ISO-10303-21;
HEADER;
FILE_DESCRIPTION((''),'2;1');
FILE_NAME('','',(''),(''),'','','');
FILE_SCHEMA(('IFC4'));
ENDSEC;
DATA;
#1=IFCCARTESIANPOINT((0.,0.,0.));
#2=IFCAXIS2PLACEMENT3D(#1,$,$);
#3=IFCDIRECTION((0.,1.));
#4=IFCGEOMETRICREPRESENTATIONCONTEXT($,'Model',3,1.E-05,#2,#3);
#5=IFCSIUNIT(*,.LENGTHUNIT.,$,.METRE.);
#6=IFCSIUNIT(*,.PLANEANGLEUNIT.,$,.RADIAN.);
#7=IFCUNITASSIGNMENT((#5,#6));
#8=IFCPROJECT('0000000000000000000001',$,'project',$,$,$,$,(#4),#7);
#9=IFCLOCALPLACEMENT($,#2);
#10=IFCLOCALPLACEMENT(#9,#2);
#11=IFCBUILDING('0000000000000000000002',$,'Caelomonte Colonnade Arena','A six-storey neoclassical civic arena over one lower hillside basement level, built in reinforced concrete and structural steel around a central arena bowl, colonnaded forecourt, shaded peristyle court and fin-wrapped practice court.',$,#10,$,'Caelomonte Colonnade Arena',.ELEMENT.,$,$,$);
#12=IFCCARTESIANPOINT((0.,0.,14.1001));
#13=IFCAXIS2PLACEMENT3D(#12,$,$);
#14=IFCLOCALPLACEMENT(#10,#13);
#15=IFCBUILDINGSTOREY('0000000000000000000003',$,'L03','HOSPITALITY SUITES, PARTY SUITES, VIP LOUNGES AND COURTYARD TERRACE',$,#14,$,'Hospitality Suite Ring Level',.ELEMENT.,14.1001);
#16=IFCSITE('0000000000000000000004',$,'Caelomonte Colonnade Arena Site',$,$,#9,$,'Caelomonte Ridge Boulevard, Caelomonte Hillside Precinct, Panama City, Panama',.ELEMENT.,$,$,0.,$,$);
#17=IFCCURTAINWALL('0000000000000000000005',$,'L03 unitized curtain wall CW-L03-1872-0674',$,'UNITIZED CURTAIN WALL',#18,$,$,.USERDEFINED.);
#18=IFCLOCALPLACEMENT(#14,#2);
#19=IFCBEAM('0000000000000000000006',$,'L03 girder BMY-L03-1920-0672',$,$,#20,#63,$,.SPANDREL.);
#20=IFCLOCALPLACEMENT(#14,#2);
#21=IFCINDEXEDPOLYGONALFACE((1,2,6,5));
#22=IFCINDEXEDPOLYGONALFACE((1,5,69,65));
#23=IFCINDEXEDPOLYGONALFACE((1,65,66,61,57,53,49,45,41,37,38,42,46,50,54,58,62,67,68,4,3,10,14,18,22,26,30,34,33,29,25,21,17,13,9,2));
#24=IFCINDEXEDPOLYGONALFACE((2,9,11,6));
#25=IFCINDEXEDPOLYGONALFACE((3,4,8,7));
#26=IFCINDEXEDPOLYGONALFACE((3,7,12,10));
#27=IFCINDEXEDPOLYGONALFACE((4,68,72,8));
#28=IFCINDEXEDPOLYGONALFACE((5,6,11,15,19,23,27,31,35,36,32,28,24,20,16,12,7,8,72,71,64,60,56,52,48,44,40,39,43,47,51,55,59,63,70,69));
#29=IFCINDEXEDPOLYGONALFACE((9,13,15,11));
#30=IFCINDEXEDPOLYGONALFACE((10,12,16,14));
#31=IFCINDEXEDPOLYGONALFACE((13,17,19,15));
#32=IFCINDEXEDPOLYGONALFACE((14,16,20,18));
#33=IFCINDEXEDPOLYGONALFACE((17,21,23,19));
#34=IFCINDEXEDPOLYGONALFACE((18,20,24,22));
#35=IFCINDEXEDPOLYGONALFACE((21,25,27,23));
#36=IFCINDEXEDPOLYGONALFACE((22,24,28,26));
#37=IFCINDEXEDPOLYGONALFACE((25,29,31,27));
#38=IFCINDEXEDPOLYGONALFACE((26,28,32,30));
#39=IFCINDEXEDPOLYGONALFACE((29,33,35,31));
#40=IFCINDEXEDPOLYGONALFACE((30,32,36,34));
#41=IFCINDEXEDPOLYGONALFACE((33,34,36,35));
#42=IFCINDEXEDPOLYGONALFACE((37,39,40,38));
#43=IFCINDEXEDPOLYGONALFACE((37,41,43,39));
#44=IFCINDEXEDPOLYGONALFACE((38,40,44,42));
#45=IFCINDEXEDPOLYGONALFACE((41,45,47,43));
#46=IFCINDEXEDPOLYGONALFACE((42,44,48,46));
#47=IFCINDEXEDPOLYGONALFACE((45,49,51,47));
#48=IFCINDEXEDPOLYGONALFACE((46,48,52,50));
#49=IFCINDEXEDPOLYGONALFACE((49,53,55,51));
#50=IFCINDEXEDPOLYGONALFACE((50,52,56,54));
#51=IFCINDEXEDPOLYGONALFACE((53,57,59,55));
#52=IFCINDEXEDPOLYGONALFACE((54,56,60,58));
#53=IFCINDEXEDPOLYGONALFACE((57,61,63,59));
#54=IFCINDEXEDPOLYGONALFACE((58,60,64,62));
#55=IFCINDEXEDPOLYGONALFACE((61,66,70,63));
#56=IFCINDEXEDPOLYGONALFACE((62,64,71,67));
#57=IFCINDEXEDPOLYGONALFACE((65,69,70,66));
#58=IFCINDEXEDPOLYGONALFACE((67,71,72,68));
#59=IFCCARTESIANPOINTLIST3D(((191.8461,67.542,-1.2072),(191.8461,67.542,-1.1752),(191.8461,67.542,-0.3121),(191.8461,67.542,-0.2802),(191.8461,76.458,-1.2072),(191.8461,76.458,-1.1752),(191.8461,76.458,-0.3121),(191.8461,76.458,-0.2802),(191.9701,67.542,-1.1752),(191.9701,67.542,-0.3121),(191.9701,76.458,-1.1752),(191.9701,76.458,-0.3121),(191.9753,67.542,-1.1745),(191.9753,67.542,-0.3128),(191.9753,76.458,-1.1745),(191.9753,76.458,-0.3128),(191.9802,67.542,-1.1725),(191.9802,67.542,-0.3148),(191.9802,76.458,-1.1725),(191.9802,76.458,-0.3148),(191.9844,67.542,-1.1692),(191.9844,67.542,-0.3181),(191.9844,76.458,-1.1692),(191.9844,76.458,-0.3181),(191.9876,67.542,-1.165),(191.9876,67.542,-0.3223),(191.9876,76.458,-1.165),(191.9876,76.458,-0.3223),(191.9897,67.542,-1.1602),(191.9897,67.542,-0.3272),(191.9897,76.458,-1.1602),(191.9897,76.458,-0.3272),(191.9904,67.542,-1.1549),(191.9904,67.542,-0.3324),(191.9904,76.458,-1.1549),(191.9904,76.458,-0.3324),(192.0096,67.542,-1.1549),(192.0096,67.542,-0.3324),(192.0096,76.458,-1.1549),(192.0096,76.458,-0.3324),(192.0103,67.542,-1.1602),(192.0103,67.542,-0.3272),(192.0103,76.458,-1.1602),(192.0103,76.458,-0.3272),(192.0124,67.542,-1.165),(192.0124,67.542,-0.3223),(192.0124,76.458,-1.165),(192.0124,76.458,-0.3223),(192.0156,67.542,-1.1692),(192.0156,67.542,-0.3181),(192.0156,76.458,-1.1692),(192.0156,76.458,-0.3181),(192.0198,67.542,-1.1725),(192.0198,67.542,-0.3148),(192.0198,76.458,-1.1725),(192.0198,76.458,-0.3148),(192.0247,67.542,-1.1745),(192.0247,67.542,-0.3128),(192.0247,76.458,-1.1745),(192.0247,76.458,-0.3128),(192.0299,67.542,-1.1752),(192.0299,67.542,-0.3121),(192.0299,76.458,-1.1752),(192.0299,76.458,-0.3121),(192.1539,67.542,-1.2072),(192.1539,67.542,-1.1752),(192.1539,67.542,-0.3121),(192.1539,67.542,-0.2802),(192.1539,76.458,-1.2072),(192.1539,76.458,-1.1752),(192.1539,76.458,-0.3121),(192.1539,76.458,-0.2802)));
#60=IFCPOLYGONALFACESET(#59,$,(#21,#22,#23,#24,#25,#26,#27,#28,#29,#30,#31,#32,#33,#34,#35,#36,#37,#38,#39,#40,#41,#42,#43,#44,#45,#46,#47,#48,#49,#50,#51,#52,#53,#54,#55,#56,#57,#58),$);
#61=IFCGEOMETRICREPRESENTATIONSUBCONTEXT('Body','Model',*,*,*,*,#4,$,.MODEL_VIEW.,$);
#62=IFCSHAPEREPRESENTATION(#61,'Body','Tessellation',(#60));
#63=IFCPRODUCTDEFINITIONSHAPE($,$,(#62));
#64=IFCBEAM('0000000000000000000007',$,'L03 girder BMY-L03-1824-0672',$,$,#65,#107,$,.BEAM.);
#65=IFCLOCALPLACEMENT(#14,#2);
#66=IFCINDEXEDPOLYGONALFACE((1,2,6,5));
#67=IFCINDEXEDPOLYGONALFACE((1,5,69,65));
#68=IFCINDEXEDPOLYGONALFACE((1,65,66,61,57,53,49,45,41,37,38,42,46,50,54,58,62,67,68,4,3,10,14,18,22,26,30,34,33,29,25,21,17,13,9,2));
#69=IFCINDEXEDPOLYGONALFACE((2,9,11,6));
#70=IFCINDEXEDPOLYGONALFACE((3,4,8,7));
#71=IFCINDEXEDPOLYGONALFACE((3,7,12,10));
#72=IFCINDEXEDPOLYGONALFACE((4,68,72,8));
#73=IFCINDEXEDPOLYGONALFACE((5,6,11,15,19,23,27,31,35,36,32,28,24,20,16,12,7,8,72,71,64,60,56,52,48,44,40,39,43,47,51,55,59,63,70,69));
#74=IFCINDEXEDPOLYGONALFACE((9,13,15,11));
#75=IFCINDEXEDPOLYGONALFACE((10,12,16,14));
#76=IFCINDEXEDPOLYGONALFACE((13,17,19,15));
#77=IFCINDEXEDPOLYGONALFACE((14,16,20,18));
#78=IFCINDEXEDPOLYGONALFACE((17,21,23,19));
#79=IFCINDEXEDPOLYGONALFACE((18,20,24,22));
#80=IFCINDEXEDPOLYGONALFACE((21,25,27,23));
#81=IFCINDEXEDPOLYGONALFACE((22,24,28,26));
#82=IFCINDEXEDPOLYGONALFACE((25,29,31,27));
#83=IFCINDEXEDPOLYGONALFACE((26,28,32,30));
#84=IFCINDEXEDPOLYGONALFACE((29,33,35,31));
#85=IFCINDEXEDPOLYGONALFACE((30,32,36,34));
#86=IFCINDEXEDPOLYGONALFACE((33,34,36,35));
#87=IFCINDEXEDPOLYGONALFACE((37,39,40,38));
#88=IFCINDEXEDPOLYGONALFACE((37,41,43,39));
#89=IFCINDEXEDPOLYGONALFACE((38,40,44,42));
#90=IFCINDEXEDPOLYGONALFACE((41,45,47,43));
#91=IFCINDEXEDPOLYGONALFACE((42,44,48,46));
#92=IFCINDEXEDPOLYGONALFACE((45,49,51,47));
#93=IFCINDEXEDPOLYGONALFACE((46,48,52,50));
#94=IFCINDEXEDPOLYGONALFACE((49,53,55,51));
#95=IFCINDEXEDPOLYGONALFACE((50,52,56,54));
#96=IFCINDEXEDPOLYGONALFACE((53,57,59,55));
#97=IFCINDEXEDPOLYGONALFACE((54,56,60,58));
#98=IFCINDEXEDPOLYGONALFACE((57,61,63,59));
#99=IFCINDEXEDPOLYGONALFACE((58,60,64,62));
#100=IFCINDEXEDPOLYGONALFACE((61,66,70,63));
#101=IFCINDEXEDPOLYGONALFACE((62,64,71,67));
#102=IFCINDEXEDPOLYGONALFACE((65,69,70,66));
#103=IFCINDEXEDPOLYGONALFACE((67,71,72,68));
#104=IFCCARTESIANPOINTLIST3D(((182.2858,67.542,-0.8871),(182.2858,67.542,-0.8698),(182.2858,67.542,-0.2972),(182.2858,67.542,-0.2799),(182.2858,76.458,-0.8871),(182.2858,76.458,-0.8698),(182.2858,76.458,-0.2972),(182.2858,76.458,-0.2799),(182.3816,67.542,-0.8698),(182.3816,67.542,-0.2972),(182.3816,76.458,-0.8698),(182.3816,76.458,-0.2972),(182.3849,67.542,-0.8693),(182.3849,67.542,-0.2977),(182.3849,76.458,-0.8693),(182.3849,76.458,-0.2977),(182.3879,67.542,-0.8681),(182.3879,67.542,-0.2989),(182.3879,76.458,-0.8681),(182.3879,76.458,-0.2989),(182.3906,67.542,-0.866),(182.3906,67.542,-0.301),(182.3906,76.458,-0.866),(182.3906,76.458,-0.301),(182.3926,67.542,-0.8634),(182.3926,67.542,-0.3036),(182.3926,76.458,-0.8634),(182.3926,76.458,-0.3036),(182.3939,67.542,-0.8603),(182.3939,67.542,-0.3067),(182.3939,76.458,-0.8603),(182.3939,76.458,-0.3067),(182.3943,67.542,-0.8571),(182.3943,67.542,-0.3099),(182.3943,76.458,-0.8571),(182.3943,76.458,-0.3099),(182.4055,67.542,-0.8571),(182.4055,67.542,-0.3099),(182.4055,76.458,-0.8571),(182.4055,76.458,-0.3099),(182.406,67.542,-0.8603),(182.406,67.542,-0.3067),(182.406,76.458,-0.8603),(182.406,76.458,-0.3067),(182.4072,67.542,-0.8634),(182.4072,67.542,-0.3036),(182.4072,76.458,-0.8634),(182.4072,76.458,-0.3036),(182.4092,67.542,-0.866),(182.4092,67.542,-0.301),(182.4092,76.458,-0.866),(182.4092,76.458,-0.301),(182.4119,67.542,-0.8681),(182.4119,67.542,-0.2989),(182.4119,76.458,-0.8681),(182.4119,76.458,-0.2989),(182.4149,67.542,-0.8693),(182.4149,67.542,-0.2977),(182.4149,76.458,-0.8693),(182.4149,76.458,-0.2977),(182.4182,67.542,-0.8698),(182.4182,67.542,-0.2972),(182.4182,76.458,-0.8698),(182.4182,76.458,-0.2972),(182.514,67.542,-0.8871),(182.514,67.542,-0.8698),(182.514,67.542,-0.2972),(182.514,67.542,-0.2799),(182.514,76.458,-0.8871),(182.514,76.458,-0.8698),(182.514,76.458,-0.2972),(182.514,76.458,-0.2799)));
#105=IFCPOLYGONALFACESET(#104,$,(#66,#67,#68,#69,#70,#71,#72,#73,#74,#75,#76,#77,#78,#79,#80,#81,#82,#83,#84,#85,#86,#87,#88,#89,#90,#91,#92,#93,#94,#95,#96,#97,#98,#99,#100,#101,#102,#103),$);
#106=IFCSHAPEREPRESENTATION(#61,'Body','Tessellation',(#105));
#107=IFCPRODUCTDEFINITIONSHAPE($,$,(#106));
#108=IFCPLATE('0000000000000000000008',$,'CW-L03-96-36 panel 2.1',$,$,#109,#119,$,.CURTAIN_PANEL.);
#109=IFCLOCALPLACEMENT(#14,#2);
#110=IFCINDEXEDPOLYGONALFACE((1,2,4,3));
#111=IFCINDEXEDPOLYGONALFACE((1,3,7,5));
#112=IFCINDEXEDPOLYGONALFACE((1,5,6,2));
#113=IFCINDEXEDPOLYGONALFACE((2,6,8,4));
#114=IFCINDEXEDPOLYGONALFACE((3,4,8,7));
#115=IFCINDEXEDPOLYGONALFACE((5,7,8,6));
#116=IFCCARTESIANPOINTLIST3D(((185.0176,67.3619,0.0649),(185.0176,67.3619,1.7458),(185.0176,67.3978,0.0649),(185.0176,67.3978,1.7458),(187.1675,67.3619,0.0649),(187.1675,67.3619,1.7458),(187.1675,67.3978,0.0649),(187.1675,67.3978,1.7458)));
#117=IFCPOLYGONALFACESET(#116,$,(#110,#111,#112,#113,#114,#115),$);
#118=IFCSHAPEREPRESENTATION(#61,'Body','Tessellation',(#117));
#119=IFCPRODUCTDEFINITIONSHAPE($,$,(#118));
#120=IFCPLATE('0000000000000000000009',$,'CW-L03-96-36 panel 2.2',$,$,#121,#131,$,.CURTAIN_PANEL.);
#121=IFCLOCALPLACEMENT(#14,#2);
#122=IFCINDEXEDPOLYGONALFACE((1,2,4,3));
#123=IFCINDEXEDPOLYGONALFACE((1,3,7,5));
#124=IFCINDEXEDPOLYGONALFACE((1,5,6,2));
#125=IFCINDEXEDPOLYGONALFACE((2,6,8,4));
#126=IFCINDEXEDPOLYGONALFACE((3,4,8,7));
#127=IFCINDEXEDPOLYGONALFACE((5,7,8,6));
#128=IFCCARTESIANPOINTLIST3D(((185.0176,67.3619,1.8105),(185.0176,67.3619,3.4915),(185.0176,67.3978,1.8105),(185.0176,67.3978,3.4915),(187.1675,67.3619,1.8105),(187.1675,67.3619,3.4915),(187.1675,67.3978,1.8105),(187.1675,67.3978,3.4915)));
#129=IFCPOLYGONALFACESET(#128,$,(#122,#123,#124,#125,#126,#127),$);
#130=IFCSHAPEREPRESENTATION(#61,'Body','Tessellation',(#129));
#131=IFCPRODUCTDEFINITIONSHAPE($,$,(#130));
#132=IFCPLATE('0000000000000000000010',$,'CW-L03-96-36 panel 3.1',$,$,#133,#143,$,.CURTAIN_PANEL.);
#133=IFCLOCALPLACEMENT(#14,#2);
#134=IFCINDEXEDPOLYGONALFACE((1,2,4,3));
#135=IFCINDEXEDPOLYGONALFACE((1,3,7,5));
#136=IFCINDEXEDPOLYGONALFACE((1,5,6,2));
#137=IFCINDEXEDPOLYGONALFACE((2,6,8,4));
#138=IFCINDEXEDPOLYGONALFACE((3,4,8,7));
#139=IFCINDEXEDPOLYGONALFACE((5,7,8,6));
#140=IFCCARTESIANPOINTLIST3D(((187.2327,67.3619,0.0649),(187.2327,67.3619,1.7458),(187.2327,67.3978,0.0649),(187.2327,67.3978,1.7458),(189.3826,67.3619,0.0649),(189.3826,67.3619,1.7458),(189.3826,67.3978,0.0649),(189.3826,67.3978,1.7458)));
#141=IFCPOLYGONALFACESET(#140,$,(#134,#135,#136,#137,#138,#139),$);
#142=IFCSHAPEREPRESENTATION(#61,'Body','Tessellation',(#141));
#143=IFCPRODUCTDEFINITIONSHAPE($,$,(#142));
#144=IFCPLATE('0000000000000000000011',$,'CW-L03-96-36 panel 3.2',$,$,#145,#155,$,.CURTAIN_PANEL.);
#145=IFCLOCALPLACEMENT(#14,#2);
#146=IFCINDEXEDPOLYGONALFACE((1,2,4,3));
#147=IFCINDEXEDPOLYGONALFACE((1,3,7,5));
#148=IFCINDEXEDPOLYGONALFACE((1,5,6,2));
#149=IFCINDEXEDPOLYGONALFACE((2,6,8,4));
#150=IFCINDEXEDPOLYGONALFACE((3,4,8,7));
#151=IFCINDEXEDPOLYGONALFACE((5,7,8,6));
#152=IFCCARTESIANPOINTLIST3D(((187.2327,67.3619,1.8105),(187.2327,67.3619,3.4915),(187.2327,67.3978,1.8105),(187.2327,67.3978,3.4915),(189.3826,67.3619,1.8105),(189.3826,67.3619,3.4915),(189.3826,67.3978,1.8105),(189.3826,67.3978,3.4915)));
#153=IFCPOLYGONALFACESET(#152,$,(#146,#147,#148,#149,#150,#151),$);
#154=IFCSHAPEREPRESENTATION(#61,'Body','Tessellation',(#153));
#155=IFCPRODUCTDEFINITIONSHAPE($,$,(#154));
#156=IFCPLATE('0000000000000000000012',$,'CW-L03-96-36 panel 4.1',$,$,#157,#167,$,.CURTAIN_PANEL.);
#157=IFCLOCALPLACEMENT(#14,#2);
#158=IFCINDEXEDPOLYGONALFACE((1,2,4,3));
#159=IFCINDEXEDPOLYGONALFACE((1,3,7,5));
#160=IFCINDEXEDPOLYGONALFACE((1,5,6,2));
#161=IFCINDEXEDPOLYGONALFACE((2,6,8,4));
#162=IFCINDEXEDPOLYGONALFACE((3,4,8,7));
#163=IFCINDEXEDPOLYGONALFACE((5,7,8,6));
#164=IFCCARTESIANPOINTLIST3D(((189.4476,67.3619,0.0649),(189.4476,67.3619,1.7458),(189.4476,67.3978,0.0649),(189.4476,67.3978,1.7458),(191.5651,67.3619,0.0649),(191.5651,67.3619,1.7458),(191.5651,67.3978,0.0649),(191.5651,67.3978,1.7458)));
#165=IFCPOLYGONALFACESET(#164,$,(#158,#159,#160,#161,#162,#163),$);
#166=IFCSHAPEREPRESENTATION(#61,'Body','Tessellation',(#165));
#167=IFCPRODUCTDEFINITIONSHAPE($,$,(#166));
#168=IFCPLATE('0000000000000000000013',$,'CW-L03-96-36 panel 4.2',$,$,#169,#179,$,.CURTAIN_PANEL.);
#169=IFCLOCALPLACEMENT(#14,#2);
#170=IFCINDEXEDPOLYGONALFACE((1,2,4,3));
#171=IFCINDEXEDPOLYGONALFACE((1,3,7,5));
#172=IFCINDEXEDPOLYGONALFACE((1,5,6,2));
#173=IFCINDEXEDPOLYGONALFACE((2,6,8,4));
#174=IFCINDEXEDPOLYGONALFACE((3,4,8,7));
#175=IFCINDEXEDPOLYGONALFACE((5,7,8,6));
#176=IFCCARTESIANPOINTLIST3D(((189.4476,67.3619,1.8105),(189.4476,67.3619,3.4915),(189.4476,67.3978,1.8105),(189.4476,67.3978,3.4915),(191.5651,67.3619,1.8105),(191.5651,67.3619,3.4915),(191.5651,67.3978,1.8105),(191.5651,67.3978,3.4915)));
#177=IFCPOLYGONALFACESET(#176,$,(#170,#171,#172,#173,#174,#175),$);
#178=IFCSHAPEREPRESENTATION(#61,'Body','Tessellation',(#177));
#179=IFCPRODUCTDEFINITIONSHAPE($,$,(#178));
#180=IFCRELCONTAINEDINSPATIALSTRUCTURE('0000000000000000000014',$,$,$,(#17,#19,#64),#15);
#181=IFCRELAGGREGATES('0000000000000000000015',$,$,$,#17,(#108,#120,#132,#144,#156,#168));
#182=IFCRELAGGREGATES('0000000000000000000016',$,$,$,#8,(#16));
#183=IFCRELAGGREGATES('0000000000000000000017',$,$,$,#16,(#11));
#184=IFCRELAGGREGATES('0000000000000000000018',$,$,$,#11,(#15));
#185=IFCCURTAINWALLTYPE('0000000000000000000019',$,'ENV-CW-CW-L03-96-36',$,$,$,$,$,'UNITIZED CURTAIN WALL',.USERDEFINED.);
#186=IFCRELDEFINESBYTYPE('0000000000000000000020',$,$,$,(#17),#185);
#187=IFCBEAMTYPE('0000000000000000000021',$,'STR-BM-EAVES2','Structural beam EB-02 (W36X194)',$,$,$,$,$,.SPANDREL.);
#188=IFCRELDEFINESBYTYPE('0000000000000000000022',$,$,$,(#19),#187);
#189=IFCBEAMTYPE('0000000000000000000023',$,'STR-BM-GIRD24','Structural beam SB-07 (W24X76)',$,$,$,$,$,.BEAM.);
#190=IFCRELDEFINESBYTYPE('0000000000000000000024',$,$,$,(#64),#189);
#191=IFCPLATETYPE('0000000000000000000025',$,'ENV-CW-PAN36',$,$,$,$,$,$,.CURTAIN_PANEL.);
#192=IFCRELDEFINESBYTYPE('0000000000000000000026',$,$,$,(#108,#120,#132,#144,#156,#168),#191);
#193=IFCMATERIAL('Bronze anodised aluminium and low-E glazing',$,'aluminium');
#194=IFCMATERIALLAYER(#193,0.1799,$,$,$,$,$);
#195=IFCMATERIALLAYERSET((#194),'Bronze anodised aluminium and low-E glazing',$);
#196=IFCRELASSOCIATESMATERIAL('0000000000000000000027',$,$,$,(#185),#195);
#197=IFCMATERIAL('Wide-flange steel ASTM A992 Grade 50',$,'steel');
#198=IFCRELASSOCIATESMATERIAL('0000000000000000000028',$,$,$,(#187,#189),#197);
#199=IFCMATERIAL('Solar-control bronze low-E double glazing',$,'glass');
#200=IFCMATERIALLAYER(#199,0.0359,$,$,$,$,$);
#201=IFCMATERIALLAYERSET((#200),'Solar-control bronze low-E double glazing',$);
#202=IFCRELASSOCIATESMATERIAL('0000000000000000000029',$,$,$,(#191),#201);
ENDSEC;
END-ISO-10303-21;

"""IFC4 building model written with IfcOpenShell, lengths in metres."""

from ifc_helpers import new_model, si_unit, direction, frame, origin, origin_2d, place, context, subcontext, project, spatial, rectangle, i_section, extrude, material, layer, layer_set, material_profile, profile_set, type_object, element, aggregate, save


model = new_model("IFC4")

# Units and contexts
model_context = context("Model", 3, precision=1e-05, world=origin(), true_north=direction((0.0, 1.0)))
body_context = subcontext(model_context, "Body", "Model", "MODEL_VIEW")
ifc_project = project(units=[si_unit("LENGTHUNIT", "METRE"), si_unit("PLANEANGLEUNIT", "RADIAN")], contexts=[model_context])

# Site, building, storey
site_placement = place(None, origin())
site = spatial("IfcSite", under=ifc_project, at=site_placement, Name="Caelomonte Colonnade Arena Site", LongName="Caelomonte Ridge Boulevard, Caelomonte Hillside Precinct, Panama City, Panama", CompositionType="ELEMENT", RefElevation=0.0)
building_placement = place(site_placement, origin())
building = spatial("IfcBuilding", under=site, at=building_placement, Name="Caelomonte Colonnade Arena", Description="A six-storey neoclassical civic arena over one lower hillside basement level, built in reinforced concrete and structural steel around a central arena bowl, colonnaded forecourt, shaded peristyle court and fin-wrapped practice court.", LongName="Caelomonte Colonnade Arena", CompositionType="ELEMENT")
storey_placement = place(building_placement, frame((0.0, 0.0, 14.1001)))
storey = spatial("IfcBuildingStorey", under=building, at=storey_placement, Name="L03", Description="HOSPITALITY SUITES, PARTY SUITES, VIP LOUNGES AND COURTYARD TERRACE", LongName="Hospitality Suite Ring Level", CompositionType="ELEMENT", Elevation=14.1001)

# Curtain wall
ifc_material_1 = material(Name="Bronze anodised aluminium and low-E glazing", Category="aluminium")
ifc_layer_1 = layer(ifc_material_1, 0.1799)
ifc_layer_set_1 = layer_set([ifc_layer_1], Name="Bronze anodised aluminium and low-E glazing")
curtain_wall_type = type_object("IfcCurtainWallType", Name="ENV-CW-CW-L03-96-36", ElementType="UNITIZED CURTAIN WALL", PredefinedType="USERDEFINED", material=ifc_layer_set_1)
curtain_wall_placement = place(storey_placement, origin())
curtain_wall = element("IfcCurtainWall", 1, at=curtain_wall_placement, inside=storey, type_object=curtain_wall_type, Name="L03 unitized curtain wall CW-L03-1872-0674", ObjectType="UNITIZED CURTAIN WALL", PredefinedType="USERDEFINED")

# Beams
ifc_material_2 = material(Name="Wide-flange steel ASTM A992 Grade 50", Category="steel")
ifc_material_profile_1 = material_profile(ifc_material_2, i_section(OverallWidth=0.3079, OverallDepth=0.927, WebThickness=0.0193, FlangeThickness=0.032, FilletRadius=0.0203, at=origin_2d()), Name="W36X194")
ifc_profile_set_1 = profile_set([ifc_material_profile_1], Name="Wide-flange steel ASTM A992 Grade 50")
beam_type_1 = type_object("IfcBeamType", Name="STR-BM-EAVES2", Description="Structural beam EB-02 (W36X194)", PredefinedType="SPANDREL", material=ifc_profile_set_1)
beam_1_placement = place(storey_placement, frame((192.0, 67.542, -0.7437), z_axis=(0.0, 1.0, 0.0), x_axis=(-1.0, 0.0, 0.0)))
element("IfcBeam", 2, at=beam_1_placement, inside=storey, type_object=beam_type_1, Name="L03 girder BMY-L03-1920-0672", PredefinedType="SPANDREL", context=body_context, shape_type="SweptSolid", body=[
    extrude(i_section(OverallWidth=0.3079, OverallDepth=0.927, WebThickness=0.0193, FlangeThickness=0.032, FilletRadius=0.0203, at=origin_2d()), origin(), (0.0, 0.0, 1.0), 8.916),
])
ifc_material_profile_2 = material_profile(ifc_material_2, i_section(OverallWidth=0.2283, OverallDepth=0.6072, WebThickness=0.0112, FlangeThickness=0.0173, FilletRadius=0.0127, at=origin_2d()), Name="W24X76")
ifc_profile_set_2 = profile_set([ifc_material_profile_2], Name="Wide-flange steel ASTM A992 Grade 50")
beam_type_2 = type_object("IfcBeamType", Name="STR-BM-GIRD24", Description="Structural beam SB-07 (W24X76)", PredefinedType="BEAM", material=ifc_profile_set_2)
beam_2_placement = place(storey_placement, frame((182.3999, 67.542, -0.5835), z_axis=(0.0, 1.0, 0.0), x_axis=(-1.0, 0.0, 0.0)))
element("IfcBeam", 3, at=beam_2_placement, inside=storey, type_object=beam_type_2, Name="L03 girder BMY-L03-1824-0672", PredefinedType="BEAM", context=body_context, shape_type="SweptSolid", body=[
    extrude(i_section(OverallWidth=0.2283, OverallDepth=0.6072, WebThickness=0.0112, FlangeThickness=0.0173, FilletRadius=0.0127, at=origin_2d()), origin(), (0.0, 0.0, 1.0), 8.916),
])

# Plates
ifc_material_3 = material(Name="Solar-control bronze low-E double glazing", Category="glass")
ifc_layer_2 = layer(ifc_material_3, 0.0359)
ifc_layer_set_2 = layer_set([ifc_layer_2], Name="Solar-control bronze low-E double glazing")
plate_type = type_object("IfcPlateType", Name="ENV-CW-PAN36", PredefinedType="CURTAIN_PANEL", material=ifc_layer_set_2)
plate_1_placement = place(storey_placement, frame((186.0925, 67.3799, 0.0649), z_axis=(0.0, 0.0, 1.0), x_axis=(1.0, 0.0, 0.0)))
plate_1 = element("IfcPlate", 4, at=plate_1_placement, type_object=plate_type, Name="CW-L03-96-36 panel 2.1", PredefinedType="CURTAIN_PANEL", context=body_context, shape_type="SweptSolid", body=[
    extrude(rectangle(XDim=2.1499, YDim=0.0359, at=origin_2d()), origin(), (0.0, 0.0, 1.0), 1.6809),
])
plate_2_placement = place(storey_placement, frame((186.0925, 67.3799, 1.8105), z_axis=(0.0, 0.0, 1.0), x_axis=(1.0, 0.0, 0.0)))
plate_2 = element("IfcPlate", 5, at=plate_2_placement, type_object=plate_type, Name="CW-L03-96-36 panel 2.2", PredefinedType="CURTAIN_PANEL", context=body_context, shape_type="SweptSolid", body=[
    extrude(rectangle(XDim=2.1499, YDim=0.0359, at=origin_2d()), origin(), (0.0, 0.0, 1.0), 1.6809),
])
plate_3_placement = place(storey_placement, frame((188.3076, 67.3799, 0.0649), z_axis=(0.0, 0.0, 1.0), x_axis=(1.0, 0.0, 0.0)))
plate_3 = element("IfcPlate", 6, at=plate_3_placement, type_object=plate_type, Name="CW-L03-96-36 panel 3.1", PredefinedType="CURTAIN_PANEL", context=body_context, shape_type="SweptSolid", body=[
    extrude(rectangle(XDim=2.1499, YDim=0.0359, at=origin_2d()), origin(), (0.0, 0.0, 1.0), 1.6809),
])
plate_4_placement = place(storey_placement, frame((188.3076, 67.3799, 1.8105), z_axis=(0.0, 0.0, 1.0), x_axis=(1.0, 0.0, 0.0)))
plate_4 = element("IfcPlate", 7, at=plate_4_placement, type_object=plate_type, Name="CW-L03-96-36 panel 3.2", PredefinedType="CURTAIN_PANEL", context=body_context, shape_type="SweptSolid", body=[
    extrude(rectangle(XDim=2.1499, YDim=0.0359, at=origin_2d()), origin(), (0.0, 0.0, 1.0), 1.6809),
])
plate_5_placement = place(storey_placement, frame((190.5063, 67.3799, 0.0649), z_axis=(0.0, 0.0, 1.0), x_axis=(1.0, 0.0, 0.0)))
plate_5 = element("IfcPlate", 8, at=plate_5_placement, type_object=plate_type, Name="CW-L03-96-36 panel 4.1", PredefinedType="CURTAIN_PANEL", context=body_context, shape_type="SweptSolid", body=[
    extrude(rectangle(XDim=2.1174, YDim=0.0359, at=origin_2d()), origin(), (0.0, 0.0, 1.0), 1.6809),
])
plate_6_placement = place(storey_placement, frame((190.5063, 67.3799, 1.8105), z_axis=(0.0, 0.0, 1.0), x_axis=(1.0, 0.0, 0.0)))
plate_6 = element("IfcPlate", 9, at=plate_6_placement, type_object=plate_type, Name="CW-L03-96-36 panel 4.2", PredefinedType="CURTAIN_PANEL", context=body_context, shape_type="SweptSolid", body=[
    extrude(rectangle(XDim=2.1174, YDim=0.0359, at=origin_2d()), origin(), (0.0, 0.0, 1.0), 1.6809),
])
aggregate(curtain_wall, [plate_1, plate_2, plate_3, plate_4, plate_5, plate_6])

save(model, "model.ifc")
